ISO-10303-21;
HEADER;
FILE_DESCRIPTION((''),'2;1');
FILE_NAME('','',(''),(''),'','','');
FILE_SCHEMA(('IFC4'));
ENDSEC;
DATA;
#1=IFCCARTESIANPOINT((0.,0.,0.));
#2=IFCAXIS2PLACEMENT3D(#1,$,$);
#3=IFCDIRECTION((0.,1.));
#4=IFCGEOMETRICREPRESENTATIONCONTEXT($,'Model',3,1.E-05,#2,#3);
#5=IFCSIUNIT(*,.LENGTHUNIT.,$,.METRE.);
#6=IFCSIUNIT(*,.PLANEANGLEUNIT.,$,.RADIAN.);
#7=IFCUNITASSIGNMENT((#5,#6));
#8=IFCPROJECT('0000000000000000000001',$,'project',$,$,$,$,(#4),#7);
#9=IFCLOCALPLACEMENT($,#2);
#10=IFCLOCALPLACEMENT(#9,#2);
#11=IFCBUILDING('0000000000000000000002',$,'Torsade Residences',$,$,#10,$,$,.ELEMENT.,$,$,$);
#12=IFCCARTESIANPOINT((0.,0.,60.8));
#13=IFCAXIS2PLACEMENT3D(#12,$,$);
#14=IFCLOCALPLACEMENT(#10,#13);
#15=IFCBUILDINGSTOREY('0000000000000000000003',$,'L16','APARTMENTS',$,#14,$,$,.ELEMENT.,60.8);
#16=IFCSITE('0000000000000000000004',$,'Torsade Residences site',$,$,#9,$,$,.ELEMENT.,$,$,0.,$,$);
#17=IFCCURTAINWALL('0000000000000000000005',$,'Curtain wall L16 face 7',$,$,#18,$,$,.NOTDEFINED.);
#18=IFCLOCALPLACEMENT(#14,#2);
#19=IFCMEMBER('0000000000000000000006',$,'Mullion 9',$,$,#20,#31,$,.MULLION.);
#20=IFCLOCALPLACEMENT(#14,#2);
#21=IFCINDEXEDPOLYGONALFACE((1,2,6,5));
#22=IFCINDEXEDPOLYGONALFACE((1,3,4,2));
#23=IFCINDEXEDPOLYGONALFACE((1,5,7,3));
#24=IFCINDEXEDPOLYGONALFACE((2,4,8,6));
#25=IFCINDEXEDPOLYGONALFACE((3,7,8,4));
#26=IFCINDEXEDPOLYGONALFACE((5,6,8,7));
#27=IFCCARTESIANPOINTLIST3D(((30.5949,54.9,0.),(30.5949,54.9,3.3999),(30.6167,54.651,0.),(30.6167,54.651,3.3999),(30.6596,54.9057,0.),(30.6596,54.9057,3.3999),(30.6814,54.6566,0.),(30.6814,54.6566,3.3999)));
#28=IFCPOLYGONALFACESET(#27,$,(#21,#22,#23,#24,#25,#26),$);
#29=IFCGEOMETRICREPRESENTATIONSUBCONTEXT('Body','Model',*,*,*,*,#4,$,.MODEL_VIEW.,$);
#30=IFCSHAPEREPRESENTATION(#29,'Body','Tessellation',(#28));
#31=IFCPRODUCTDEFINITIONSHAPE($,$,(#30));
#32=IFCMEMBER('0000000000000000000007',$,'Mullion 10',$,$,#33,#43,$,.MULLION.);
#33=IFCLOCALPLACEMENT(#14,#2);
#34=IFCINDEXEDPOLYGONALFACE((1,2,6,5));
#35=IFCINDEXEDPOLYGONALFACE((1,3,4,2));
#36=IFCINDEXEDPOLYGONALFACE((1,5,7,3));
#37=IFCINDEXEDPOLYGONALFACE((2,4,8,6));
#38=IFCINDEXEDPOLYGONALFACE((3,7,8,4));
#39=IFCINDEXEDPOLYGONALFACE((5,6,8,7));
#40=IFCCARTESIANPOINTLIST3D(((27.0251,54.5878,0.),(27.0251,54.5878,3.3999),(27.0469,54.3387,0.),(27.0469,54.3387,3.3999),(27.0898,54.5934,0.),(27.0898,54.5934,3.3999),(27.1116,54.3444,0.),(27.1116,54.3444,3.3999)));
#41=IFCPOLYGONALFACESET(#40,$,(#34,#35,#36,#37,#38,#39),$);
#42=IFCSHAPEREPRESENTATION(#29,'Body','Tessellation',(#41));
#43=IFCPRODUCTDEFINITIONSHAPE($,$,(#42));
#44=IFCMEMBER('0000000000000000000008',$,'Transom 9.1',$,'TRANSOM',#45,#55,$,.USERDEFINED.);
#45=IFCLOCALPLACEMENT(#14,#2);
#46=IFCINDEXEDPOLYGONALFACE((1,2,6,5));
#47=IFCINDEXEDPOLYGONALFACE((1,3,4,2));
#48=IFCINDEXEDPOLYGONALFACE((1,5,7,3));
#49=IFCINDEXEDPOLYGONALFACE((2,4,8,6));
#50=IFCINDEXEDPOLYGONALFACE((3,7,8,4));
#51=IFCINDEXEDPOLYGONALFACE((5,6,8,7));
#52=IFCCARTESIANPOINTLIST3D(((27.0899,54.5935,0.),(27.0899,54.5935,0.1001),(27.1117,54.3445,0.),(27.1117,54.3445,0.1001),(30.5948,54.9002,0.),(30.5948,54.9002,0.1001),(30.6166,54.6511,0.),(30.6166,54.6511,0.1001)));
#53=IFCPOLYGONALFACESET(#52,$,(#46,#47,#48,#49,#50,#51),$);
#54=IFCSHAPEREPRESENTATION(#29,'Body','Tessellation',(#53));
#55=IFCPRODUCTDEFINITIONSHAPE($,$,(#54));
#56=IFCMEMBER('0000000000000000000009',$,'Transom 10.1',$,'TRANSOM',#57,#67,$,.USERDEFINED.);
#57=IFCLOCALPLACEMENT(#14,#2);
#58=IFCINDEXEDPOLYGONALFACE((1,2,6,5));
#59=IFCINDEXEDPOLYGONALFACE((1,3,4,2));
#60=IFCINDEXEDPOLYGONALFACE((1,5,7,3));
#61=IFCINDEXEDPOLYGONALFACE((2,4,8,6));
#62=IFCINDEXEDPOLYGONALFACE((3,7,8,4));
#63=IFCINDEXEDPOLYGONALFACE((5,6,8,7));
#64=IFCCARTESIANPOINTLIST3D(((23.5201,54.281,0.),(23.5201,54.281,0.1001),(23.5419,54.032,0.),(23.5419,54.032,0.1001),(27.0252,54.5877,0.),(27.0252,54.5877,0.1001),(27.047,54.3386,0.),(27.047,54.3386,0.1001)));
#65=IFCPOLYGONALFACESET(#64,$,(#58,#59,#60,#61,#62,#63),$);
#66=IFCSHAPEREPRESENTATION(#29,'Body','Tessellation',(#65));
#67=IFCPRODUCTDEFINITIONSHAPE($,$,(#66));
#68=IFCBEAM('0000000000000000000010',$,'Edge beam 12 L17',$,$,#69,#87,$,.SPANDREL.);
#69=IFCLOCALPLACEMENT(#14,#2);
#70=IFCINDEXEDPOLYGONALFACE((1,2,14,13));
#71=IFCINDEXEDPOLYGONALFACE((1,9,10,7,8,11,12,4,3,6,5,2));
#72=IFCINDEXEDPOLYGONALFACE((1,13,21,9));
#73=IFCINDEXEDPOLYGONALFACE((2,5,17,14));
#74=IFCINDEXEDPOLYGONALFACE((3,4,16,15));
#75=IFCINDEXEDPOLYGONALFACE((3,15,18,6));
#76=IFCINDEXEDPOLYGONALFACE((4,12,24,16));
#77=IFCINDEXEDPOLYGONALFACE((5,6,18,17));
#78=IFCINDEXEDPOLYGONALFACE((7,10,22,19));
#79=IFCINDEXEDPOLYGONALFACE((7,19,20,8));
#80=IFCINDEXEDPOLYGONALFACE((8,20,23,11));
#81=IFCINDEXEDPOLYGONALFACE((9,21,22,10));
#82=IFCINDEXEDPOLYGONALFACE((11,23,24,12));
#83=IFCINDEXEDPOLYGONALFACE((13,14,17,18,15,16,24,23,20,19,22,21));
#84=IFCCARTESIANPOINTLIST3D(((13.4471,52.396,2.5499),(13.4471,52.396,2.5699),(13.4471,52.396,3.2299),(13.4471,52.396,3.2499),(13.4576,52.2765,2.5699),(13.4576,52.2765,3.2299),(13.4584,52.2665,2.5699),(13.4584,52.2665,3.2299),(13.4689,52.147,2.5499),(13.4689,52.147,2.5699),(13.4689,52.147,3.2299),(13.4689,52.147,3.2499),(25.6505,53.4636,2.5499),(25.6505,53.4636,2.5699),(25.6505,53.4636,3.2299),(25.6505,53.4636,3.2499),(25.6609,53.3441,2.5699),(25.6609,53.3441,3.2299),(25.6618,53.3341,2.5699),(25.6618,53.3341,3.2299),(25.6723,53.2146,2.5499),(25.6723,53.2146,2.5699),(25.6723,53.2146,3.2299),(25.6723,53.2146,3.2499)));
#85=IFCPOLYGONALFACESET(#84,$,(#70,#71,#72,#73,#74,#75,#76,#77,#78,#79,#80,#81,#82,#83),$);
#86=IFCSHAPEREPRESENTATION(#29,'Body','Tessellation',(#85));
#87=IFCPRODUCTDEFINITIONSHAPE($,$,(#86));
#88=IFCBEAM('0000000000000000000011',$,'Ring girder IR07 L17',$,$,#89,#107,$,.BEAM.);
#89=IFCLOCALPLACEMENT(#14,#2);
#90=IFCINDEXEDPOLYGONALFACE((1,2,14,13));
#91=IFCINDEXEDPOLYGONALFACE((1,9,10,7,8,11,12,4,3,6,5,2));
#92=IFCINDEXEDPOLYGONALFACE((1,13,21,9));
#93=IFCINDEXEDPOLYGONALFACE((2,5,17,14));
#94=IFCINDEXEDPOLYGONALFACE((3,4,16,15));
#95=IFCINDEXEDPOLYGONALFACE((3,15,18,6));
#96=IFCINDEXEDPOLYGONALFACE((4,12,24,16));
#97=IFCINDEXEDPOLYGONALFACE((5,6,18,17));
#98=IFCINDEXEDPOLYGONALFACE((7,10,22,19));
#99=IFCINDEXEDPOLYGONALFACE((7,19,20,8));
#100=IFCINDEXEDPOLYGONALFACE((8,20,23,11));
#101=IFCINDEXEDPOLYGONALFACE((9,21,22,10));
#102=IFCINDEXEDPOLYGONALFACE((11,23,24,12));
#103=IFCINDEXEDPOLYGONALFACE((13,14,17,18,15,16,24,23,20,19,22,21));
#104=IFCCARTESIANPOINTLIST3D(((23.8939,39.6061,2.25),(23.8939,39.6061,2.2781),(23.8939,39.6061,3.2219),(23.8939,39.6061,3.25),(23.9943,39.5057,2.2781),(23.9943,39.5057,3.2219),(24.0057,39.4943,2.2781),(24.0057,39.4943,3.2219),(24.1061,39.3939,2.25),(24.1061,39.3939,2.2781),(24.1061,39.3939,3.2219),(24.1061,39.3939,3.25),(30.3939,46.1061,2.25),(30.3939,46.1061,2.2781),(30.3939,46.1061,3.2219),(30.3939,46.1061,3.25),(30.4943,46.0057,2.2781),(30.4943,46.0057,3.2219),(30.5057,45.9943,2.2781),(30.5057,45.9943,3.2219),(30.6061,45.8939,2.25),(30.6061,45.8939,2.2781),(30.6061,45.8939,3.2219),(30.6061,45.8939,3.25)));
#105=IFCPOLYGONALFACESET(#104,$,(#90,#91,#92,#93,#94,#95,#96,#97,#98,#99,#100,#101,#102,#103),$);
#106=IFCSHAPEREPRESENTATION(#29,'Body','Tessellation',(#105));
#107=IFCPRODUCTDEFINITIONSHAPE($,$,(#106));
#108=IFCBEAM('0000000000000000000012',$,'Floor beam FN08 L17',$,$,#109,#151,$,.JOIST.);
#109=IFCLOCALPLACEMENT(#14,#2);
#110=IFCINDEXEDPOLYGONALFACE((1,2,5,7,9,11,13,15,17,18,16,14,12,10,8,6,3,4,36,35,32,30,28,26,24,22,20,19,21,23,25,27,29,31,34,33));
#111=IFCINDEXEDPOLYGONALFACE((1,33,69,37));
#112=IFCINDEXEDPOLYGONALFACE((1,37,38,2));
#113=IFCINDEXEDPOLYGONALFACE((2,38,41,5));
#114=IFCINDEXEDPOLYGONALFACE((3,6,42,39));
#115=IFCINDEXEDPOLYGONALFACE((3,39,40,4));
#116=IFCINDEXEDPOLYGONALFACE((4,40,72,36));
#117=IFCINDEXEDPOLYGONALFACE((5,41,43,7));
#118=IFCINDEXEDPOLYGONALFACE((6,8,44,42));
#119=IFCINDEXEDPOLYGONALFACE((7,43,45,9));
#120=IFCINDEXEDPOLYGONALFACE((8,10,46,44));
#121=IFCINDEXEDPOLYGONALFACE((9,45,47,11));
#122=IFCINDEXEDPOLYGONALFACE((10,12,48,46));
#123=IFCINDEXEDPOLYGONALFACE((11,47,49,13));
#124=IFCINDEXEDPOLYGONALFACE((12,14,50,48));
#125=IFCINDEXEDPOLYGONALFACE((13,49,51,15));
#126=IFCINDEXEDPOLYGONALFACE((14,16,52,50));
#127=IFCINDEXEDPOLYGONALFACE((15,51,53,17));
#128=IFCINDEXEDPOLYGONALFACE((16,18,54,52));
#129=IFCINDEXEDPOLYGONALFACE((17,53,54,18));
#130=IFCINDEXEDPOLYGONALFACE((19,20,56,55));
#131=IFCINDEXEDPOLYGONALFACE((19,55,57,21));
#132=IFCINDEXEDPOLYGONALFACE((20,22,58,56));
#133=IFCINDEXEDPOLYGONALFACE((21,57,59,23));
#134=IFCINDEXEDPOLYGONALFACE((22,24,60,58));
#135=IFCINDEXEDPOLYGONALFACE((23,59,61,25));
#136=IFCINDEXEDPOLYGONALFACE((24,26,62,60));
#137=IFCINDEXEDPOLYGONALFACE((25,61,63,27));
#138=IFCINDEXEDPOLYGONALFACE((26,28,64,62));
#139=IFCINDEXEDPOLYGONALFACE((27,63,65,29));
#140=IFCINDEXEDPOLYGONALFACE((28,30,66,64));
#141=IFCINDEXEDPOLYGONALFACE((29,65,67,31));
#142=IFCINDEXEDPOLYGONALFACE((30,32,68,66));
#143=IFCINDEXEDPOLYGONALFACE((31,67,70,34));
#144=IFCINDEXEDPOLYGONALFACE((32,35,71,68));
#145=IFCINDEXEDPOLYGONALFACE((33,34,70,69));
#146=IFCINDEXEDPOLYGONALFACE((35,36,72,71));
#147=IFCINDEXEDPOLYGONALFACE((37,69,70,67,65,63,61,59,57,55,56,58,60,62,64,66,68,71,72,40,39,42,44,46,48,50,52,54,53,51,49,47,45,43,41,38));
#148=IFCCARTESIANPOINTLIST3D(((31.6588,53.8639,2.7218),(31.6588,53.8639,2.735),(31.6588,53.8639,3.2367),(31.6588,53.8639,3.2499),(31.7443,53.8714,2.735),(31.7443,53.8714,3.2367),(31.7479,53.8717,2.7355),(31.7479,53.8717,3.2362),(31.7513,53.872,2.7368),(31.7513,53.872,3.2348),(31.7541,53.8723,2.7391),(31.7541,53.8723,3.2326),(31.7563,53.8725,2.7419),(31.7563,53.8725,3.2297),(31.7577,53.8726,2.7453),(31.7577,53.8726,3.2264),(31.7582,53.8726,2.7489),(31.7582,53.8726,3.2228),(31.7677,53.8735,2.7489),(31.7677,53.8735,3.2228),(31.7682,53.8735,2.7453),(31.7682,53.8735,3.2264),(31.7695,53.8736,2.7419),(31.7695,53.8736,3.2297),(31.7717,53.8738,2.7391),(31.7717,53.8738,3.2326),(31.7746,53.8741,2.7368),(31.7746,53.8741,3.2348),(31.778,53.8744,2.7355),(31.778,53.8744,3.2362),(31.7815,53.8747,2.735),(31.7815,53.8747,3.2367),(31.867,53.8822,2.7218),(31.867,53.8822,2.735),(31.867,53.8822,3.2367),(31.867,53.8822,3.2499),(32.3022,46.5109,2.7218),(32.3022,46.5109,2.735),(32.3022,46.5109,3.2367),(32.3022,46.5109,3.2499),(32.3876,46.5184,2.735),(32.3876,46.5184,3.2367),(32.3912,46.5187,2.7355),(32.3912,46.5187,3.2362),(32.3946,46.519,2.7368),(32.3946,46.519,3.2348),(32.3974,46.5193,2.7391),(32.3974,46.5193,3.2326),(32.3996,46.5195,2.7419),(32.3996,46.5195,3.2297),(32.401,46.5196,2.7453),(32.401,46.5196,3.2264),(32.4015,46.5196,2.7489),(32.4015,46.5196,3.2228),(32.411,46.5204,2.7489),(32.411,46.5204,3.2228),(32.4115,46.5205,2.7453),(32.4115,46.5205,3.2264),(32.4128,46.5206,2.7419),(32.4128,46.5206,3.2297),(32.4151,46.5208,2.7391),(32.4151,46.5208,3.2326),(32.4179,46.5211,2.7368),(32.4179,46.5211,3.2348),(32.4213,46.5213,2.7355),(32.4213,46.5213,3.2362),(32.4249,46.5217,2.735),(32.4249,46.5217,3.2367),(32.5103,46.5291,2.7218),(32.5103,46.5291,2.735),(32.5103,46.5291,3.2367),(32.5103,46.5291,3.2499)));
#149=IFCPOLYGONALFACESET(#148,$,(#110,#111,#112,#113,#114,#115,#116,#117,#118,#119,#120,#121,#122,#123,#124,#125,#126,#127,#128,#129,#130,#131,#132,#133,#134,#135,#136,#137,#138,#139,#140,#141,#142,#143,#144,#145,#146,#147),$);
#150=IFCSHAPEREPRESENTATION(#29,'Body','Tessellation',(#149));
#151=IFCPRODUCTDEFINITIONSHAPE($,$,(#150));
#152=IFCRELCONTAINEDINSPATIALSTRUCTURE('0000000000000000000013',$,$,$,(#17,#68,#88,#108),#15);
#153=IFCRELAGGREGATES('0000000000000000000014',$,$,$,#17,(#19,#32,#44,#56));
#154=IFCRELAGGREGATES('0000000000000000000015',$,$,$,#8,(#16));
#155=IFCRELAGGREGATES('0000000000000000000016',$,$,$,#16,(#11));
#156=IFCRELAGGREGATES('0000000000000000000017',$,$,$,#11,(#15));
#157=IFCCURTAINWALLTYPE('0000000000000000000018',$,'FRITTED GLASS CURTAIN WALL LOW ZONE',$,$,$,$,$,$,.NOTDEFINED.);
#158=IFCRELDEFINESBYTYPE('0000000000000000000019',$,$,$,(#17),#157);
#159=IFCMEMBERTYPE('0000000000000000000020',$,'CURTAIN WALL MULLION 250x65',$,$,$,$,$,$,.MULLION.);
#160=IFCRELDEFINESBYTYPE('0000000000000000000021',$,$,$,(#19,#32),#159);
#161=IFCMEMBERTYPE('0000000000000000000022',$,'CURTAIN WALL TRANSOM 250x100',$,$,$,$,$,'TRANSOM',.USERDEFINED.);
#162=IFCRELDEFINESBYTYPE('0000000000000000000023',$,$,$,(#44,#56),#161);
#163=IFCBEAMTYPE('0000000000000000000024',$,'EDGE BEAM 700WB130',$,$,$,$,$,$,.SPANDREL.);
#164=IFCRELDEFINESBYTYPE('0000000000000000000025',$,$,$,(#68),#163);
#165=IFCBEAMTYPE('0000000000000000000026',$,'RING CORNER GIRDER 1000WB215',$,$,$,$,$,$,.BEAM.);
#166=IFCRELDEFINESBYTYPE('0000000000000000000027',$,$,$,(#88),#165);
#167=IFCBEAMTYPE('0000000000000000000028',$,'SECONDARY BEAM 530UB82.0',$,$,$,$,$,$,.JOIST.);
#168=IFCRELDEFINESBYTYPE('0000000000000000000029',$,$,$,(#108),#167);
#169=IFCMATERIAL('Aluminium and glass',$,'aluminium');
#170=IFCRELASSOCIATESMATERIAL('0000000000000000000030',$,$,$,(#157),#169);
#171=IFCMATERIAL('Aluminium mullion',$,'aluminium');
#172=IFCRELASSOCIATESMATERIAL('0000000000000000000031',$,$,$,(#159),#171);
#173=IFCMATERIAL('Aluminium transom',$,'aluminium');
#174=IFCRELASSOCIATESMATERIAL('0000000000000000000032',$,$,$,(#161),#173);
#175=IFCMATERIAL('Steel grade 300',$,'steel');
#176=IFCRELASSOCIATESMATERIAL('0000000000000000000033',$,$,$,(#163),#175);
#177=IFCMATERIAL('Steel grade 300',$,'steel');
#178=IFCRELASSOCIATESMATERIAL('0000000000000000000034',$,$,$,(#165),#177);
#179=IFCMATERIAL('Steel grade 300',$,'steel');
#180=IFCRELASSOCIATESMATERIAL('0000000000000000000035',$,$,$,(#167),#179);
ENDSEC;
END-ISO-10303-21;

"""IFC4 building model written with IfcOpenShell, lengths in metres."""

from ifc_helpers import new_model, si_unit, direction, frame, origin, origin_2d, place, context, subcontext, project, spatial, rectangle, i_section, extrude, material, material_profile, profile_set, type_object, element, aggregate, save


model = new_model("IFC4")

# Units and contexts
model_context = context("Model", 3, precision=1e-05, world=origin(), true_north=direction((0.0, 1.0)))
body_context = subcontext(model_context, "Body", "Model", "MODEL_VIEW")
ifc_project = project(units=[si_unit("LENGTHUNIT", "METRE"), si_unit("PLANEANGLEUNIT", "RADIAN")], contexts=[model_context])

# Site, building, storey
site_placement = place(None, origin())
site = spatial("IfcSite", under=ifc_project, at=site_placement, Name="Torsade Residences site", CompositionType="ELEMENT", RefElevation=0.0)
building_placement = place(site_placement, origin())
building = spatial("IfcBuilding", under=site, at=building_placement, Name="Torsade Residences", CompositionType="ELEMENT")
storey_placement = place(building_placement, frame((0.0, 0.0, 60.8)))
storey = spatial("IfcBuildingStorey", under=building, at=storey_placement, Name="L16", Description="APARTMENTS", CompositionType="ELEMENT", Elevation=60.8)

# Curtain wall, members
ifc_material_1 = material(Name="Aluminium and glass", Category="aluminium")
curtain_wall_type = type_object("IfcCurtainWallType", Name="FRITTED GLASS CURTAIN WALL LOW ZONE", PredefinedType="NOTDEFINED", material=ifc_material_1)
curtain_wall_placement = place(storey_placement, origin())
curtain_wall = element("IfcCurtainWall", 1, at=curtain_wall_placement, inside=storey, type_object=curtain_wall_type, Name="Curtain wall L16 face 7", PredefinedType="NOTDEFINED")
ifc_material_2 = material(Name="Aluminium mullion", Category="aluminium")
ifc_material_profile_1 = material_profile(ifc_material_2, rectangle(XDim=0.25, YDim=0.0649, at=origin_2d()), Name="CURTAIN WALL MULLION 250x65")
ifc_profile_set_1 = profile_set([ifc_material_profile_1], Name="Aluminium mullion")
member_type_1 = type_object("IfcMemberType", Name="CURTAIN WALL MULLION 250x65", PredefinedType="MULLION", material=ifc_profile_set_1)
member_1_placement = place(storey_placement, frame((30.6382, 54.7783, 0.0), z_axis=(0.0, 0.0, 1.0), x_axis=(0.087156, -0.996195, 0.0)))
member_1 = element("IfcMember", 2, at=member_1_placement, type_object=member_type_1, Name="Mullion 9", PredefinedType="MULLION", context=body_context, shape_type="SweptSolid", body=[
    extrude(rectangle(XDim=0.25, YDim=0.0649, at=origin_2d()), origin(), (0.0, 0.0, 1.0), 3.3999),
])
member_2_placement = place(storey_placement, frame((27.0684, 54.4661, 0.0), z_axis=(0.0, 0.0, 1.0), x_axis=(0.087156, -0.996195, 0.0)))
member_2 = element("IfcMember", 3, at=member_2_placement, type_object=member_type_1, Name="Mullion 10", PredefinedType="MULLION", context=body_context, shape_type="SweptSolid", body=[
    extrude(rectangle(XDim=0.25, YDim=0.0649, at=origin_2d()), origin(), (0.0, 0.0, 1.0), 3.3999),
])
ifc_material_3 = material(Name="Aluminium transom", Category="aluminium")
ifc_material_profile_2 = material_profile(ifc_material_3, rectangle(XDim=0.25, YDim=0.1001, at=origin_2d()), Name="CURTAIN WALL TRANSOM 250x100")
ifc_profile_set_2 = profile_set([ifc_material_profile_2], Name="Aluminium transom")
member_type_2 = type_object("IfcMemberType", Name="CURTAIN WALL TRANSOM 250x100", ElementType="TRANSOM", PredefinedType="USERDEFINED", material=ifc_profile_set_2)
member_3_placement = place(storey_placement, frame((30.6057, 54.7756, 0.05), z_axis=(-0.996195, -0.087157, 0.0), x_axis=(0.087157, -0.996195, 0.0)))
member_3 = element("IfcMember", 4, at=member_3_placement, type_object=member_type_2, Name="Transom 9.1", ObjectType="TRANSOM", PredefinedType="USERDEFINED", context=body_context, shape_type="SweptSolid", body=[
    extrude(rectangle(XDim=0.25, YDim=0.1001, at=origin_2d()), origin(), (0.0, 0.0, 1.0), 3.5183),
])
member_4_placement = place(storey_placement, frame((27.0361, 54.4631, 0.05), z_axis=(-0.996195, -0.087151, 0.0), x_axis=(0.087151, -0.996195, 0.0)))
member_4 = element("IfcMember", 5, at=member_4_placement, type_object=member_type_2, Name="Transom 10.1", ObjectType="TRANSOM", PredefinedType="USERDEFINED", context=body_context, shape_type="SweptSolid", body=[
    extrude(rectangle(XDim=0.25, YDim=0.1001, at=origin_2d()), origin(), (0.0, 0.0, 1.0), 3.5186),
])

# Beams
ifc_material_4 = material(Name="Steel grade 300", Category="steel")
ifc_material_profile_3 = material_profile(ifc_material_4, i_section(OverallWidth=0.25, OverallDepth=0.7, WebThickness=0.01, FlangeThickness=0.02, at=origin_2d()), Name="700WB130")
ifc_profile_set_3 = profile_set([ifc_material_profile_3], Name="Steel grade 300")
beam_type_1 = type_object("IfcBeamType", Name="EDGE BEAM 700WB130", PredefinedType="SPANDREL", material=ifc_profile_set_3)
beam_1_placement = place(storey_placement, frame((25.6614, 53.3391, 2.8999), z_axis=(-0.996195, -0.087153, 0.0), x_axis=(0.087153, -0.996195, 0.0)))
element("IfcBeam", 6, at=beam_1_placement, inside=storey, type_object=beam_type_1, Name="Edge beam 12 L17", PredefinedType="SPANDREL", context=body_context, shape_type="SweptSolid", body=[
    extrude(i_section(OverallWidth=0.25, OverallDepth=0.7, WebThickness=0.01, FlangeThickness=0.02, at=origin_2d()), origin(), (0.0, 0.0, 1.0), 12.25),
])
ifc_material_5 = material(Name="Steel grade 300", Category="steel")
ifc_material_profile_4 = material_profile(ifc_material_5, i_section(OverallWidth=0.3, OverallDepth=1.0, WebThickness=0.0161, FlangeThickness=0.0281, at=origin_2d()), Name="1000WB215")
ifc_profile_set_4 = profile_set([ifc_material_profile_4], Name="Steel grade 300")
beam_type_2 = type_object("IfcBeamType", Name="RING CORNER GIRDER 1000WB215", PredefinedType="BEAM", material=ifc_profile_set_4)
beam_2_placement = place(storey_placement, frame((30.5, 46.0, 2.75), z_axis=(-0.707107, -0.707107, 0.0), x_axis=(0.707107, -0.707107, 0.0)))
element("IfcBeam", 7, at=beam_2_placement, inside=storey, type_object=beam_type_2, Name="Ring girder IR07 L17", PredefinedType="BEAM", context=body_context, shape_type="SweptSolid", body=[
    extrude(i_section(OverallWidth=0.3, OverallDepth=1.0, WebThickness=0.0161, FlangeThickness=0.0281, at=origin_2d()), origin(), (0.0, 0.0, 1.0), 9.1924),
])
ifc_material_6 = material(Name="Steel grade 300", Category="steel")
ifc_material_profile_5 = material_profile(ifc_material_6, i_section(OverallWidth=0.209, OverallDepth=0.5281, WebThickness=0.0095, FlangeThickness=0.0132, FilletRadius=0.0139, at=origin_2d()), Name="530UB82.0")
ifc_profile_set_5 = profile_set([ifc_material_profile_5], Name="Steel grade 300")
beam_type_3 = type_object("IfcBeamType", Name="SECONDARY BEAM 530UB82.0", PredefinedType="JOIST", material=ifc_profile_set_5)
beam_3_placement = place(storey_placement, frame((31.7629, 53.873, 2.9858), z_axis=(0.087156, -0.996195, 0.0), x_axis=(0.996195, 0.087156, 0.0)))
element("IfcBeam", 8, at=beam_3_placement, inside=storey, type_object=beam_type_3, Name="Floor beam FN08 L17", PredefinedType="JOIST", context=body_context, shape_type="SweptSolid", body=[
    extrude(i_section(OverallWidth=0.209, OverallDepth=0.5281, WebThickness=0.0095, FlangeThickness=0.0132, FilletRadius=0.0139, at=origin_2d()), origin(), (0.0, 0.0, 1.0), 7.3811),
])

aggregate(curtain_wall, [member_1, member_2, member_3, member_4])

save(model, "model.ifc")
